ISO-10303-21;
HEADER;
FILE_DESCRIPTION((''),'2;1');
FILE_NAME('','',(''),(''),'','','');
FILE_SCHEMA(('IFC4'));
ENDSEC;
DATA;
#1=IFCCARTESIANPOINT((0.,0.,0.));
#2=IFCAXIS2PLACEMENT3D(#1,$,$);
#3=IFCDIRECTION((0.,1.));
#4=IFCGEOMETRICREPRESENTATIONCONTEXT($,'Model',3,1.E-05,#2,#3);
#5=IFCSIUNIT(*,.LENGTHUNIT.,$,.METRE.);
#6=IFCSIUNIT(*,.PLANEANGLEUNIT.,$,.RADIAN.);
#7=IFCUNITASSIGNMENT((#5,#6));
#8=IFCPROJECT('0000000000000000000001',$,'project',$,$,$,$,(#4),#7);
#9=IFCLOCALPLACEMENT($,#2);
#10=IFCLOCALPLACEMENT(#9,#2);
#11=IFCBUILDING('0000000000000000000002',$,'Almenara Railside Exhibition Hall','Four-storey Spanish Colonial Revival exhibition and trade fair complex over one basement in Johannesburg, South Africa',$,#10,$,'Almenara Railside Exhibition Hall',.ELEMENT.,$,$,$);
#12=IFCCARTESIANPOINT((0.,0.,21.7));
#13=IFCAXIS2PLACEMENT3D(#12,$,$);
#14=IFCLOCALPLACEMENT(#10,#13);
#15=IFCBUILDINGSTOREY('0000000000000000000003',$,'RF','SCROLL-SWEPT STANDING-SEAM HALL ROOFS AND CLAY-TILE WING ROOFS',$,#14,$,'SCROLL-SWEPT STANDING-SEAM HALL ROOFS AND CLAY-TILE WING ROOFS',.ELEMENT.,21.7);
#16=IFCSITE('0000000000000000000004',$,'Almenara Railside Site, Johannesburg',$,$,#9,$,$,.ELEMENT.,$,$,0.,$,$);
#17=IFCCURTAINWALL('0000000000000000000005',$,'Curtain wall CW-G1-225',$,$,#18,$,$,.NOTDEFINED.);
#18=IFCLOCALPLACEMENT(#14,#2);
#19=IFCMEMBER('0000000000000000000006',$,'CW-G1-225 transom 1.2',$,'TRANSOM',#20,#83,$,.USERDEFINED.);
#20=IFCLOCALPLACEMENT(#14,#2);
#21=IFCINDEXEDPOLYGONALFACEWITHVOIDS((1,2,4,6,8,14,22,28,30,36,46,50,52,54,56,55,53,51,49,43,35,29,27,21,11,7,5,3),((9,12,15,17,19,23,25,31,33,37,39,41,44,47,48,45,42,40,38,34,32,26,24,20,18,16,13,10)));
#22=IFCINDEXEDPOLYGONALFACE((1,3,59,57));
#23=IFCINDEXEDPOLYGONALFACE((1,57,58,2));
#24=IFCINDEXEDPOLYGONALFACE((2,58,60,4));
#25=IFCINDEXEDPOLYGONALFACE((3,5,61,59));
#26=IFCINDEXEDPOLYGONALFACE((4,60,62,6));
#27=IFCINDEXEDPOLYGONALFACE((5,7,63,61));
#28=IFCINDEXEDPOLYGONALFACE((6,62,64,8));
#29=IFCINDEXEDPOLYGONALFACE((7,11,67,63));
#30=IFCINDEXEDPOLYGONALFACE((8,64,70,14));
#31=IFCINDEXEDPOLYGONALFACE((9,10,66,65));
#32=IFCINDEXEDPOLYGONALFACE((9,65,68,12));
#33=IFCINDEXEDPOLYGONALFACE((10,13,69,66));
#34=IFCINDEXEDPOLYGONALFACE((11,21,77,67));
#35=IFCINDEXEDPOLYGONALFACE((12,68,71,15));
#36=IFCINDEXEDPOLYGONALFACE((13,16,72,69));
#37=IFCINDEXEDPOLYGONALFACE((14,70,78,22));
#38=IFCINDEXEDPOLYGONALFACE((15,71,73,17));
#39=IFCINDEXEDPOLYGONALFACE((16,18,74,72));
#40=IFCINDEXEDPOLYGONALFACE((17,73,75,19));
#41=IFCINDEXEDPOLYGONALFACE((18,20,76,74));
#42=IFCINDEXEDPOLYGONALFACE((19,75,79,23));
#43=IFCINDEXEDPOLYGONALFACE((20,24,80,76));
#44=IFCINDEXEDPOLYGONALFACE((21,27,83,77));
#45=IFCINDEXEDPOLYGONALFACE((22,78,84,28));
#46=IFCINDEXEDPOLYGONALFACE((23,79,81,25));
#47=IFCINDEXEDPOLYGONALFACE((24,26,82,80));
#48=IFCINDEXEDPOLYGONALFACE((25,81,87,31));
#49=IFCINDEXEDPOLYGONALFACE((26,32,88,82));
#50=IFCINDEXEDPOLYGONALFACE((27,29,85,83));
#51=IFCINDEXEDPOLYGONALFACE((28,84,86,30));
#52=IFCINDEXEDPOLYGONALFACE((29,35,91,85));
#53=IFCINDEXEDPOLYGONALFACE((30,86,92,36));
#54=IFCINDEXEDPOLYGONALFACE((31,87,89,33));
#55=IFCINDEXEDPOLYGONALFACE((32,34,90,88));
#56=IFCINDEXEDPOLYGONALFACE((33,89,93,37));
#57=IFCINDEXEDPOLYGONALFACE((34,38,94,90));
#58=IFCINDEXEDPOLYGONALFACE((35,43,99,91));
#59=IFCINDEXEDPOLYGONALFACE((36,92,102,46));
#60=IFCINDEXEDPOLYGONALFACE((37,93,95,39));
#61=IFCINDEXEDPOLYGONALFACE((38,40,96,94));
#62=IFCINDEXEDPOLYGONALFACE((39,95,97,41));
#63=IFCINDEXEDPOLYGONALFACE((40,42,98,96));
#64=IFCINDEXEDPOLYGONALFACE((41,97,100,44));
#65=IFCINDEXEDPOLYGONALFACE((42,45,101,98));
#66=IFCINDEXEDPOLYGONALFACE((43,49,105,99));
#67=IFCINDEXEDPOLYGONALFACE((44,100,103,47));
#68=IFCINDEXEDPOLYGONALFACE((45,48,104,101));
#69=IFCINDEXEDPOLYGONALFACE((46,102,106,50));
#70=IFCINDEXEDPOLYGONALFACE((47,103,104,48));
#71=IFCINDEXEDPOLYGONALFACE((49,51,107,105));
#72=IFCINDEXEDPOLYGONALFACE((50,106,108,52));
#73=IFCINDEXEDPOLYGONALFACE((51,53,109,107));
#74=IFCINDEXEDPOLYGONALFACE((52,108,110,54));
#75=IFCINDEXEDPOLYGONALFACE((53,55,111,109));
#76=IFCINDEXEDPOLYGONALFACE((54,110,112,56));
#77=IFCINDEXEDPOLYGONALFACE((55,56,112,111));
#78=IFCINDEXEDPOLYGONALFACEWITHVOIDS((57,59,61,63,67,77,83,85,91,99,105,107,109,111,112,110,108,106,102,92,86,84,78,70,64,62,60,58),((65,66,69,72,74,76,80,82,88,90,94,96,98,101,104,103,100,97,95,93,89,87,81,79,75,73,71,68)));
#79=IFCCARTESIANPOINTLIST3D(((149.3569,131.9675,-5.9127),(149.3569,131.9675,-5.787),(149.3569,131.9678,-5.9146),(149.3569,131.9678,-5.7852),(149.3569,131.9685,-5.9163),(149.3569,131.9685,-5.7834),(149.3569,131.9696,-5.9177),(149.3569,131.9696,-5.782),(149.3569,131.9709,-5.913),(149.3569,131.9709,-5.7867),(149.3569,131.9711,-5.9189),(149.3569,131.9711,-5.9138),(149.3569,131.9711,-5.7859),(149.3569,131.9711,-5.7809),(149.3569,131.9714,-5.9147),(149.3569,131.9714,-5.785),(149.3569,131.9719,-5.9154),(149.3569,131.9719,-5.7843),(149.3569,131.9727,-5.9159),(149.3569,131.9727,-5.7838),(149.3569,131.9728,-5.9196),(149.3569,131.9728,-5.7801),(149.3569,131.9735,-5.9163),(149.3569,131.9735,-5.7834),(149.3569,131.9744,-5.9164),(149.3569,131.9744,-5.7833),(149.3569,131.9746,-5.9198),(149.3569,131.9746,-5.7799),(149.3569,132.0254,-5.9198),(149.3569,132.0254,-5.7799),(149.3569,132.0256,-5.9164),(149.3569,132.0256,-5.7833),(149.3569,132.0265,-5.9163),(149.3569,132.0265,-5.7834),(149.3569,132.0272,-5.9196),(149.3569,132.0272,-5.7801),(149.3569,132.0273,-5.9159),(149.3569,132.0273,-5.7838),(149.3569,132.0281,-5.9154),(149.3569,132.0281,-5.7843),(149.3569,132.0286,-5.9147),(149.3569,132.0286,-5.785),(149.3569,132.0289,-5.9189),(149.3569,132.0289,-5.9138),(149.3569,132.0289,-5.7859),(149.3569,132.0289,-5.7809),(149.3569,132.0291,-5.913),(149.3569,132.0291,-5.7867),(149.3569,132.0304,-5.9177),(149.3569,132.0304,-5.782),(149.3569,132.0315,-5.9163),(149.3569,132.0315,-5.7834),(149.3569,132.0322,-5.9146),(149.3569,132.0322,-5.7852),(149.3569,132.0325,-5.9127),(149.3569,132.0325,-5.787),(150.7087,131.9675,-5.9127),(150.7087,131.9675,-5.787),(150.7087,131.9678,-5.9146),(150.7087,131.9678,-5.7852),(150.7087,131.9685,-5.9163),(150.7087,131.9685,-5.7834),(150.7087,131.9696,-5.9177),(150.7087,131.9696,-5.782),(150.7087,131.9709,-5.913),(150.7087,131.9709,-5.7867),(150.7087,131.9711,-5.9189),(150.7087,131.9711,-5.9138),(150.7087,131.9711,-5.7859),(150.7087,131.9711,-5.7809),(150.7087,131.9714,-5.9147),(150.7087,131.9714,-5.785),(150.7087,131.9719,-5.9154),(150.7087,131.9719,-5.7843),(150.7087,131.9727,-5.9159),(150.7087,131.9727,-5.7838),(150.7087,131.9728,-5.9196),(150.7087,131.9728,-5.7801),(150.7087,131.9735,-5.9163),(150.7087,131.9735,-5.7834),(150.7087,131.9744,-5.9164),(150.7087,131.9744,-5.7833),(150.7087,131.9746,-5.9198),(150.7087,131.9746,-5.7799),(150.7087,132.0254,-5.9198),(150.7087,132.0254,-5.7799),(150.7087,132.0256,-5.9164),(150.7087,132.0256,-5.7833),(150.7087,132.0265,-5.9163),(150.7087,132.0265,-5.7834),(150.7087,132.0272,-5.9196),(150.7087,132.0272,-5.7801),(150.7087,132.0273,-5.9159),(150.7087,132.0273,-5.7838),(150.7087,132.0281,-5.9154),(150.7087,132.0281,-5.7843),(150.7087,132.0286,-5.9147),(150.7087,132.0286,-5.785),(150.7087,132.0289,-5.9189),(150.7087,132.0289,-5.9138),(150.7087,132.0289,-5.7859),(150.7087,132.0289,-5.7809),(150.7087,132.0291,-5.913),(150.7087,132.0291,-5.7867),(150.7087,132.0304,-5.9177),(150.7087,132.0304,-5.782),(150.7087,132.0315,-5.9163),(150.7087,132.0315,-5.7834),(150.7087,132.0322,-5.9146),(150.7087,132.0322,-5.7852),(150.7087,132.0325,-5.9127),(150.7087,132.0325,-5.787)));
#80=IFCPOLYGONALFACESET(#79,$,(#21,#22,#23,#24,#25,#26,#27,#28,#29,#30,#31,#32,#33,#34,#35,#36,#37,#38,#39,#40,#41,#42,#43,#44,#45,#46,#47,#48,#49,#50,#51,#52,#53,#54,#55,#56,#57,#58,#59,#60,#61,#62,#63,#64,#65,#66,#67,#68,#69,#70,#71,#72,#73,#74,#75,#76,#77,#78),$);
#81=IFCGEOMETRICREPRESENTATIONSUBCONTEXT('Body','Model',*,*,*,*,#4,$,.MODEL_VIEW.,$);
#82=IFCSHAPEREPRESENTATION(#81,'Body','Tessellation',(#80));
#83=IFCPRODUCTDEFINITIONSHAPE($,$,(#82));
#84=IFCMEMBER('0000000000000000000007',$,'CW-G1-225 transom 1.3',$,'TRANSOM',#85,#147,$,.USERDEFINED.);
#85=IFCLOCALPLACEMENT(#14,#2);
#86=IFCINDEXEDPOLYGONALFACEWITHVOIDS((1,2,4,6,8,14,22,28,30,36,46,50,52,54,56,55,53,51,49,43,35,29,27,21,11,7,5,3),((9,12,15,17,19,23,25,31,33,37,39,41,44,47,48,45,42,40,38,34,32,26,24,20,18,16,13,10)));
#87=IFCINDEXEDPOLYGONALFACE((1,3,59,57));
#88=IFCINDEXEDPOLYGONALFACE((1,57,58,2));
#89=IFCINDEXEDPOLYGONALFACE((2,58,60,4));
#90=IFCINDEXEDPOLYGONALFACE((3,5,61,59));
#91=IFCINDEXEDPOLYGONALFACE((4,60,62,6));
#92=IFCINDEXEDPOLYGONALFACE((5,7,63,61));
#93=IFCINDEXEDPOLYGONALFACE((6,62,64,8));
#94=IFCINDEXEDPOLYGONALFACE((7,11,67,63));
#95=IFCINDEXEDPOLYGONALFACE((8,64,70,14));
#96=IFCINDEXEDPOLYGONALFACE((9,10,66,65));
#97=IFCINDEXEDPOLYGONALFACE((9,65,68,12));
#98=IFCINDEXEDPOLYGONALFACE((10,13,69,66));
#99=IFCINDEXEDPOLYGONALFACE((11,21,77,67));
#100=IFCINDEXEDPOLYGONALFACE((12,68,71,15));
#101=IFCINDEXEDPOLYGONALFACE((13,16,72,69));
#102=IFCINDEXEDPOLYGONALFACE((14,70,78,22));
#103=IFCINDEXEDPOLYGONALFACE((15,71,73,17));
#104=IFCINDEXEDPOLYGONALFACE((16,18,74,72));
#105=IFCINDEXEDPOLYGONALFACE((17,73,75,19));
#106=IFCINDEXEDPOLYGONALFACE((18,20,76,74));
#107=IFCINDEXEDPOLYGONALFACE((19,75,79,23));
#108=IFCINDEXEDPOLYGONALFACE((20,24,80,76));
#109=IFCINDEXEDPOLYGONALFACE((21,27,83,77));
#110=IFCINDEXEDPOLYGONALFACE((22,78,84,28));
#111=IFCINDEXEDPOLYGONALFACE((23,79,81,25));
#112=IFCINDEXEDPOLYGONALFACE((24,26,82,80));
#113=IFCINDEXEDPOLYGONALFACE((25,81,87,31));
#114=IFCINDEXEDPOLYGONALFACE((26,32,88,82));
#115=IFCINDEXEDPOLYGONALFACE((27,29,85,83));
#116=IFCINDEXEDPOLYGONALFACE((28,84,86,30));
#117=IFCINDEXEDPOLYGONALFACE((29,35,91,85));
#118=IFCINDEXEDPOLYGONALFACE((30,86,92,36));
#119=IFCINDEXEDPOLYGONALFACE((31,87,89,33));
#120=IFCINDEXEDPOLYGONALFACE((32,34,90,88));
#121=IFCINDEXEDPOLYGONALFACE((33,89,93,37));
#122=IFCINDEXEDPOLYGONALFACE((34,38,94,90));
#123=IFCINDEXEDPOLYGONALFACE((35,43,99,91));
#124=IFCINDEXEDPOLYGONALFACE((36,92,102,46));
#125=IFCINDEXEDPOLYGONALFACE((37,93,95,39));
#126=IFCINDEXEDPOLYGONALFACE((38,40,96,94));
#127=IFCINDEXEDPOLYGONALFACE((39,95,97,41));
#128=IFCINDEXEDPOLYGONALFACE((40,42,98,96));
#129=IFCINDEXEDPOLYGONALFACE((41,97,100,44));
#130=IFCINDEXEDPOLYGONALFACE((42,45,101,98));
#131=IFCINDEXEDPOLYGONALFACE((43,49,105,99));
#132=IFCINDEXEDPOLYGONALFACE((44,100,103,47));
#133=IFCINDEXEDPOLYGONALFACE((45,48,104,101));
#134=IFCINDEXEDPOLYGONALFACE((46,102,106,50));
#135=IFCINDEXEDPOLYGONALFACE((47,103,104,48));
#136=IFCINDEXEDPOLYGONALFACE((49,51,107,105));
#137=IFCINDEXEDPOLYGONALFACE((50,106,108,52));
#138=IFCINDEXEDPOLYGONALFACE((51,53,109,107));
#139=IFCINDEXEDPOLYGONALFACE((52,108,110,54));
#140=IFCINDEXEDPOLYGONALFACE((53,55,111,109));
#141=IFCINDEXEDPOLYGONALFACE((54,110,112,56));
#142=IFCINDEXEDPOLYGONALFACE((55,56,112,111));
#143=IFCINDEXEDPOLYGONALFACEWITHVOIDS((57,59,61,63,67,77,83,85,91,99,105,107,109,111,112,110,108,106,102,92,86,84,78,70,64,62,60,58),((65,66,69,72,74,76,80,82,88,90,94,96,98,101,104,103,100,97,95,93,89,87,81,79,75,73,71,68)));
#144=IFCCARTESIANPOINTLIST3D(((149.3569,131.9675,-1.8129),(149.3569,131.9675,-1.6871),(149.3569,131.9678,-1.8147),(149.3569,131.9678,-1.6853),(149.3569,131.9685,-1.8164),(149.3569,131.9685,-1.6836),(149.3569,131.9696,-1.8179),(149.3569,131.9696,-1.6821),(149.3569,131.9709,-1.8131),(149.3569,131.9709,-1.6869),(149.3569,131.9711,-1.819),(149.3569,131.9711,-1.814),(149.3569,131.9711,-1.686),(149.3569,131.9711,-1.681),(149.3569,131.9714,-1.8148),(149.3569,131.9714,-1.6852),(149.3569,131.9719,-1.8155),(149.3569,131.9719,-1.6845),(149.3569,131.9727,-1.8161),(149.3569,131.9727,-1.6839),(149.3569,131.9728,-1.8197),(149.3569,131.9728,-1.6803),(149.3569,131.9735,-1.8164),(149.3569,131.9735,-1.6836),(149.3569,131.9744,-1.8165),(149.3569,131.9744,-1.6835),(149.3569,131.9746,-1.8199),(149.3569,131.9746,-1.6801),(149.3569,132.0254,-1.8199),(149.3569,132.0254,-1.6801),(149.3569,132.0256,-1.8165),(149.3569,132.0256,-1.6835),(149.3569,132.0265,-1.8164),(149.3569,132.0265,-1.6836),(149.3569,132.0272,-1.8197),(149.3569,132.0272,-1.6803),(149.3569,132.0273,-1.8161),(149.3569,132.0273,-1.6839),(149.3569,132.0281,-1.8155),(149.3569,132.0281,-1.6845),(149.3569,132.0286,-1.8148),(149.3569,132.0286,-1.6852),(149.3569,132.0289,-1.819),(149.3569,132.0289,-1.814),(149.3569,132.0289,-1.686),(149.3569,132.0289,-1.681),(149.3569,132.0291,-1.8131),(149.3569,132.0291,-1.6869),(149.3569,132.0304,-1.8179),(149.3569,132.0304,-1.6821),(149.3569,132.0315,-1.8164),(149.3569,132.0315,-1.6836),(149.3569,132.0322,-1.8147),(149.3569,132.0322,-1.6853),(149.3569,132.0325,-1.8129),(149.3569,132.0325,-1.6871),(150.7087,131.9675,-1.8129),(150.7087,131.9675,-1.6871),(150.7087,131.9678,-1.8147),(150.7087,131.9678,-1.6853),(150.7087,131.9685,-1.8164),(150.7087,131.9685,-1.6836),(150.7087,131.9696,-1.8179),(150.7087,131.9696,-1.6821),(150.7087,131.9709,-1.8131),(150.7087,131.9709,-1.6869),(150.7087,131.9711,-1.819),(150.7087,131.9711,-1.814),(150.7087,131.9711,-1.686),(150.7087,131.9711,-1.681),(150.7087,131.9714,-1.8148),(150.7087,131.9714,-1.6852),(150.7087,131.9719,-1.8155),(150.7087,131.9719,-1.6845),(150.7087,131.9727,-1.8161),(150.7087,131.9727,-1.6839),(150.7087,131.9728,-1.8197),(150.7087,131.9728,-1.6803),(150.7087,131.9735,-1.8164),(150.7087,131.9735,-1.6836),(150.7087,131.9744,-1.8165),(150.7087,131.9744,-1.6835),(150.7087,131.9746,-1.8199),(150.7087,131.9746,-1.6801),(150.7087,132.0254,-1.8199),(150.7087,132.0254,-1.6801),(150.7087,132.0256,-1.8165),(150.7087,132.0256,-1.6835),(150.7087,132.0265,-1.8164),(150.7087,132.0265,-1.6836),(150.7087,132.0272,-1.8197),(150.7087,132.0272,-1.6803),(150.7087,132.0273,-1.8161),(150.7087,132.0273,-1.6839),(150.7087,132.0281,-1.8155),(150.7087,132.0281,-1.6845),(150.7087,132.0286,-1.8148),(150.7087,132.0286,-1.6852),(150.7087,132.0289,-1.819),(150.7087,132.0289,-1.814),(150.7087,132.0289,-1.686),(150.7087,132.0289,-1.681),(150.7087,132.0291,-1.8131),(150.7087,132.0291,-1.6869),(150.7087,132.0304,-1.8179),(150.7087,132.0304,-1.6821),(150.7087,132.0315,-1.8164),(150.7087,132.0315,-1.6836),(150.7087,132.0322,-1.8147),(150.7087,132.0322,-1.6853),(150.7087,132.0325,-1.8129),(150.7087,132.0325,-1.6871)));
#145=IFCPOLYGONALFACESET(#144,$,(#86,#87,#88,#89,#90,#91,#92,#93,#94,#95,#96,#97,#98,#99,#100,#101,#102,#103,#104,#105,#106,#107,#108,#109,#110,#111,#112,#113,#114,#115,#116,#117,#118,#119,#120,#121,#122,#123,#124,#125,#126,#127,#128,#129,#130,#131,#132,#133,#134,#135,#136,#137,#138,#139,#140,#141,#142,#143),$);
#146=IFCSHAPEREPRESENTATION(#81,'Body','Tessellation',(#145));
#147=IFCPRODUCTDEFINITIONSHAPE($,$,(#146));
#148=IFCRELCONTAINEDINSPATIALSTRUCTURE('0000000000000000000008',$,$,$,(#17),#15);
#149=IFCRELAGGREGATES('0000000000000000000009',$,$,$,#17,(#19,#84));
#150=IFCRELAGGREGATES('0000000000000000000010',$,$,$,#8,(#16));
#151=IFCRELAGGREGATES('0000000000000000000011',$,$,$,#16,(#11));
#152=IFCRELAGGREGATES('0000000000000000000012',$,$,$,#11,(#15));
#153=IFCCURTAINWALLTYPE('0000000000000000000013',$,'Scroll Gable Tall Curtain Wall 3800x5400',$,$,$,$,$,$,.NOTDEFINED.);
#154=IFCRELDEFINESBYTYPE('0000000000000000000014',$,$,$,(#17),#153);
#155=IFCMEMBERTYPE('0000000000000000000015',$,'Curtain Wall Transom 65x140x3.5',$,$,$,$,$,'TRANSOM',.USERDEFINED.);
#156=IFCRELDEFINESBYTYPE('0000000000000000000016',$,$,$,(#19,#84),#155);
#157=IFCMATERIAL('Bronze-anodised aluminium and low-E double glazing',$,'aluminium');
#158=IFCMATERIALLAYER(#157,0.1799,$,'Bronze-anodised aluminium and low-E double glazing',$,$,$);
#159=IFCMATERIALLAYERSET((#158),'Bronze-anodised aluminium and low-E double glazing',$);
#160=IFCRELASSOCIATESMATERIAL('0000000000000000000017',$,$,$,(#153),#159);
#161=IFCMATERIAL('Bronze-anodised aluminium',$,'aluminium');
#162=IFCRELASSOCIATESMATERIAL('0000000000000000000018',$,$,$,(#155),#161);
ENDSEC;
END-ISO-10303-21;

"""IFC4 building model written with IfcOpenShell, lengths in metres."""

from ifc_helpers import new_model, si_unit, direction, frame, origin, origin_2d, place, context, subcontext, project, spatial, hollow_rectangle, extrude, material, layer, layer_set, material_profile, profile_set, type_object, element, aggregate, save


model = new_model("IFC4")

# Units and contexts
model_context = context("Model", 3, precision=1e-05, world=origin(), true_north=direction((0.0, 1.0)))
body_context = subcontext(model_context, "Body", "Model", "MODEL_VIEW")
ifc_project = project(units=[si_unit("LENGTHUNIT", "METRE"), si_unit("PLANEANGLEUNIT", "RADIAN")], contexts=[model_context])

# Site, building, storey
site_placement = place(None, origin())
site = spatial("IfcSite", under=ifc_project, at=site_placement, Name="Almenara Railside Site, Johannesburg", CompositionType="ELEMENT", RefElevation=0.0)
building_placement = place(site_placement, origin())
building = spatial("IfcBuilding", under=site, at=building_placement, Name="Almenara Railside Exhibition Hall", Description="Four-storey Spanish Colonial Revival exhibition and trade fair complex over one basement in Johannesburg, South Africa", LongName="Almenara Railside Exhibition Hall", CompositionType="ELEMENT")
storey_placement = place(building_placement, frame((0.0, 0.0, 21.7)))
storey = spatial("IfcBuildingStorey", under=building, at=storey_placement, Name="RF", Description="SCROLL-SWEPT STANDING-SEAM HALL ROOFS AND CLAY-TILE WING ROOFS", LongName="SCROLL-SWEPT STANDING-SEAM HALL ROOFS AND CLAY-TILE WING ROOFS", CompositionType="ELEMENT", Elevation=21.7)

# Curtain wall
ifc_material_1 = material(Name="Bronze-anodised aluminium and low-E double glazing", Category="aluminium")
ifc_material_2 = material(Name="Bronze-anodised aluminium", Category="aluminium")
ifc_layer_1 = layer(ifc_material_1, 0.1799, Name="Bronze-anodised aluminium and low-E double glazing")
ifc_layer_set_1 = layer_set([ifc_layer_1], Name="Bronze-anodised aluminium and low-E double glazing")
curtain_wall_type_1 = type_object("IfcCurtainWallType", Name="Scroll Gable Tall Curtain Wall 3800x5400", PredefinedType="NOTDEFINED", material=ifc_layer_set_1)
curtain_wall_1_placement = place(storey_placement, origin())
curtain_wall_1 = element("IfcCurtainWall", 1, at=curtain_wall_1_placement, inside=storey, type_object=curtain_wall_type_1, Name="Curtain wall CW-G1-225", PredefinedType="NOTDEFINED")

# Members
ifc_material_profile_1 = material_profile(ifc_material_2, hollow_rectangle(XDim=0.0649, YDim=0.1399, WallThickness=0.0034, InnerFilletRadius=0.0034, OuterFilletRadius=0.0071, at=origin_2d()), Name="ALU-TRN 65x140x3.5")
ifc_profile_set_1 = profile_set([ifc_material_profile_1], Name="Bronze-anodised aluminium")
member_type_1 = type_object("IfcMemberType", Name="Curtain Wall Transom 65x140x3.5", ElementType="TRANSOM", PredefinedType="USERDEFINED", material=ifc_profile_set_1)
member_1_placement = place(storey_placement, frame((149.3569, 132.0, -5.8499), z_axis=(1.0, 0.0, 0.0), x_axis=(0.0, 1.0, 0.0)))
member_1 = element("IfcMember", 2, at=member_1_placement, type_object=member_type_1, Name="CW-G1-225 transom 1.2", ObjectType="TRANSOM", PredefinedType="USERDEFINED", context=body_context, shape_type="SweptSolid", body=[
    extrude(hollow_rectangle(XDim=0.0649, YDim=0.1399, WallThickness=0.0034, InnerFilletRadius=0.0034, OuterFilletRadius=0.0071, at=origin_2d()), origin(), (0.0, 0.0, 1.0), 1.3518),
])
member_2_placement = place(storey_placement, frame((149.3569, 132.0, -1.75), z_axis=(1.0, 0.0, 0.0), x_axis=(0.0, 1.0, 0.0)))
member_2 = element("IfcMember", 3, at=member_2_placement, type_object=member_type_1, Name="CW-G1-225 transom 1.3", ObjectType="TRANSOM", PredefinedType="USERDEFINED", context=body_context, shape_type="SweptSolid", body=[
    extrude(hollow_rectangle(XDim=0.0649, YDim=0.1399, WallThickness=0.0034, InnerFilletRadius=0.0034, OuterFilletRadius=0.0071, at=origin_2d()), origin(), (0.0, 0.0, 1.0), 1.3518),
])

aggregate(curtain_wall_1, [member_1, member_2])

save(model, "model.ifc")
